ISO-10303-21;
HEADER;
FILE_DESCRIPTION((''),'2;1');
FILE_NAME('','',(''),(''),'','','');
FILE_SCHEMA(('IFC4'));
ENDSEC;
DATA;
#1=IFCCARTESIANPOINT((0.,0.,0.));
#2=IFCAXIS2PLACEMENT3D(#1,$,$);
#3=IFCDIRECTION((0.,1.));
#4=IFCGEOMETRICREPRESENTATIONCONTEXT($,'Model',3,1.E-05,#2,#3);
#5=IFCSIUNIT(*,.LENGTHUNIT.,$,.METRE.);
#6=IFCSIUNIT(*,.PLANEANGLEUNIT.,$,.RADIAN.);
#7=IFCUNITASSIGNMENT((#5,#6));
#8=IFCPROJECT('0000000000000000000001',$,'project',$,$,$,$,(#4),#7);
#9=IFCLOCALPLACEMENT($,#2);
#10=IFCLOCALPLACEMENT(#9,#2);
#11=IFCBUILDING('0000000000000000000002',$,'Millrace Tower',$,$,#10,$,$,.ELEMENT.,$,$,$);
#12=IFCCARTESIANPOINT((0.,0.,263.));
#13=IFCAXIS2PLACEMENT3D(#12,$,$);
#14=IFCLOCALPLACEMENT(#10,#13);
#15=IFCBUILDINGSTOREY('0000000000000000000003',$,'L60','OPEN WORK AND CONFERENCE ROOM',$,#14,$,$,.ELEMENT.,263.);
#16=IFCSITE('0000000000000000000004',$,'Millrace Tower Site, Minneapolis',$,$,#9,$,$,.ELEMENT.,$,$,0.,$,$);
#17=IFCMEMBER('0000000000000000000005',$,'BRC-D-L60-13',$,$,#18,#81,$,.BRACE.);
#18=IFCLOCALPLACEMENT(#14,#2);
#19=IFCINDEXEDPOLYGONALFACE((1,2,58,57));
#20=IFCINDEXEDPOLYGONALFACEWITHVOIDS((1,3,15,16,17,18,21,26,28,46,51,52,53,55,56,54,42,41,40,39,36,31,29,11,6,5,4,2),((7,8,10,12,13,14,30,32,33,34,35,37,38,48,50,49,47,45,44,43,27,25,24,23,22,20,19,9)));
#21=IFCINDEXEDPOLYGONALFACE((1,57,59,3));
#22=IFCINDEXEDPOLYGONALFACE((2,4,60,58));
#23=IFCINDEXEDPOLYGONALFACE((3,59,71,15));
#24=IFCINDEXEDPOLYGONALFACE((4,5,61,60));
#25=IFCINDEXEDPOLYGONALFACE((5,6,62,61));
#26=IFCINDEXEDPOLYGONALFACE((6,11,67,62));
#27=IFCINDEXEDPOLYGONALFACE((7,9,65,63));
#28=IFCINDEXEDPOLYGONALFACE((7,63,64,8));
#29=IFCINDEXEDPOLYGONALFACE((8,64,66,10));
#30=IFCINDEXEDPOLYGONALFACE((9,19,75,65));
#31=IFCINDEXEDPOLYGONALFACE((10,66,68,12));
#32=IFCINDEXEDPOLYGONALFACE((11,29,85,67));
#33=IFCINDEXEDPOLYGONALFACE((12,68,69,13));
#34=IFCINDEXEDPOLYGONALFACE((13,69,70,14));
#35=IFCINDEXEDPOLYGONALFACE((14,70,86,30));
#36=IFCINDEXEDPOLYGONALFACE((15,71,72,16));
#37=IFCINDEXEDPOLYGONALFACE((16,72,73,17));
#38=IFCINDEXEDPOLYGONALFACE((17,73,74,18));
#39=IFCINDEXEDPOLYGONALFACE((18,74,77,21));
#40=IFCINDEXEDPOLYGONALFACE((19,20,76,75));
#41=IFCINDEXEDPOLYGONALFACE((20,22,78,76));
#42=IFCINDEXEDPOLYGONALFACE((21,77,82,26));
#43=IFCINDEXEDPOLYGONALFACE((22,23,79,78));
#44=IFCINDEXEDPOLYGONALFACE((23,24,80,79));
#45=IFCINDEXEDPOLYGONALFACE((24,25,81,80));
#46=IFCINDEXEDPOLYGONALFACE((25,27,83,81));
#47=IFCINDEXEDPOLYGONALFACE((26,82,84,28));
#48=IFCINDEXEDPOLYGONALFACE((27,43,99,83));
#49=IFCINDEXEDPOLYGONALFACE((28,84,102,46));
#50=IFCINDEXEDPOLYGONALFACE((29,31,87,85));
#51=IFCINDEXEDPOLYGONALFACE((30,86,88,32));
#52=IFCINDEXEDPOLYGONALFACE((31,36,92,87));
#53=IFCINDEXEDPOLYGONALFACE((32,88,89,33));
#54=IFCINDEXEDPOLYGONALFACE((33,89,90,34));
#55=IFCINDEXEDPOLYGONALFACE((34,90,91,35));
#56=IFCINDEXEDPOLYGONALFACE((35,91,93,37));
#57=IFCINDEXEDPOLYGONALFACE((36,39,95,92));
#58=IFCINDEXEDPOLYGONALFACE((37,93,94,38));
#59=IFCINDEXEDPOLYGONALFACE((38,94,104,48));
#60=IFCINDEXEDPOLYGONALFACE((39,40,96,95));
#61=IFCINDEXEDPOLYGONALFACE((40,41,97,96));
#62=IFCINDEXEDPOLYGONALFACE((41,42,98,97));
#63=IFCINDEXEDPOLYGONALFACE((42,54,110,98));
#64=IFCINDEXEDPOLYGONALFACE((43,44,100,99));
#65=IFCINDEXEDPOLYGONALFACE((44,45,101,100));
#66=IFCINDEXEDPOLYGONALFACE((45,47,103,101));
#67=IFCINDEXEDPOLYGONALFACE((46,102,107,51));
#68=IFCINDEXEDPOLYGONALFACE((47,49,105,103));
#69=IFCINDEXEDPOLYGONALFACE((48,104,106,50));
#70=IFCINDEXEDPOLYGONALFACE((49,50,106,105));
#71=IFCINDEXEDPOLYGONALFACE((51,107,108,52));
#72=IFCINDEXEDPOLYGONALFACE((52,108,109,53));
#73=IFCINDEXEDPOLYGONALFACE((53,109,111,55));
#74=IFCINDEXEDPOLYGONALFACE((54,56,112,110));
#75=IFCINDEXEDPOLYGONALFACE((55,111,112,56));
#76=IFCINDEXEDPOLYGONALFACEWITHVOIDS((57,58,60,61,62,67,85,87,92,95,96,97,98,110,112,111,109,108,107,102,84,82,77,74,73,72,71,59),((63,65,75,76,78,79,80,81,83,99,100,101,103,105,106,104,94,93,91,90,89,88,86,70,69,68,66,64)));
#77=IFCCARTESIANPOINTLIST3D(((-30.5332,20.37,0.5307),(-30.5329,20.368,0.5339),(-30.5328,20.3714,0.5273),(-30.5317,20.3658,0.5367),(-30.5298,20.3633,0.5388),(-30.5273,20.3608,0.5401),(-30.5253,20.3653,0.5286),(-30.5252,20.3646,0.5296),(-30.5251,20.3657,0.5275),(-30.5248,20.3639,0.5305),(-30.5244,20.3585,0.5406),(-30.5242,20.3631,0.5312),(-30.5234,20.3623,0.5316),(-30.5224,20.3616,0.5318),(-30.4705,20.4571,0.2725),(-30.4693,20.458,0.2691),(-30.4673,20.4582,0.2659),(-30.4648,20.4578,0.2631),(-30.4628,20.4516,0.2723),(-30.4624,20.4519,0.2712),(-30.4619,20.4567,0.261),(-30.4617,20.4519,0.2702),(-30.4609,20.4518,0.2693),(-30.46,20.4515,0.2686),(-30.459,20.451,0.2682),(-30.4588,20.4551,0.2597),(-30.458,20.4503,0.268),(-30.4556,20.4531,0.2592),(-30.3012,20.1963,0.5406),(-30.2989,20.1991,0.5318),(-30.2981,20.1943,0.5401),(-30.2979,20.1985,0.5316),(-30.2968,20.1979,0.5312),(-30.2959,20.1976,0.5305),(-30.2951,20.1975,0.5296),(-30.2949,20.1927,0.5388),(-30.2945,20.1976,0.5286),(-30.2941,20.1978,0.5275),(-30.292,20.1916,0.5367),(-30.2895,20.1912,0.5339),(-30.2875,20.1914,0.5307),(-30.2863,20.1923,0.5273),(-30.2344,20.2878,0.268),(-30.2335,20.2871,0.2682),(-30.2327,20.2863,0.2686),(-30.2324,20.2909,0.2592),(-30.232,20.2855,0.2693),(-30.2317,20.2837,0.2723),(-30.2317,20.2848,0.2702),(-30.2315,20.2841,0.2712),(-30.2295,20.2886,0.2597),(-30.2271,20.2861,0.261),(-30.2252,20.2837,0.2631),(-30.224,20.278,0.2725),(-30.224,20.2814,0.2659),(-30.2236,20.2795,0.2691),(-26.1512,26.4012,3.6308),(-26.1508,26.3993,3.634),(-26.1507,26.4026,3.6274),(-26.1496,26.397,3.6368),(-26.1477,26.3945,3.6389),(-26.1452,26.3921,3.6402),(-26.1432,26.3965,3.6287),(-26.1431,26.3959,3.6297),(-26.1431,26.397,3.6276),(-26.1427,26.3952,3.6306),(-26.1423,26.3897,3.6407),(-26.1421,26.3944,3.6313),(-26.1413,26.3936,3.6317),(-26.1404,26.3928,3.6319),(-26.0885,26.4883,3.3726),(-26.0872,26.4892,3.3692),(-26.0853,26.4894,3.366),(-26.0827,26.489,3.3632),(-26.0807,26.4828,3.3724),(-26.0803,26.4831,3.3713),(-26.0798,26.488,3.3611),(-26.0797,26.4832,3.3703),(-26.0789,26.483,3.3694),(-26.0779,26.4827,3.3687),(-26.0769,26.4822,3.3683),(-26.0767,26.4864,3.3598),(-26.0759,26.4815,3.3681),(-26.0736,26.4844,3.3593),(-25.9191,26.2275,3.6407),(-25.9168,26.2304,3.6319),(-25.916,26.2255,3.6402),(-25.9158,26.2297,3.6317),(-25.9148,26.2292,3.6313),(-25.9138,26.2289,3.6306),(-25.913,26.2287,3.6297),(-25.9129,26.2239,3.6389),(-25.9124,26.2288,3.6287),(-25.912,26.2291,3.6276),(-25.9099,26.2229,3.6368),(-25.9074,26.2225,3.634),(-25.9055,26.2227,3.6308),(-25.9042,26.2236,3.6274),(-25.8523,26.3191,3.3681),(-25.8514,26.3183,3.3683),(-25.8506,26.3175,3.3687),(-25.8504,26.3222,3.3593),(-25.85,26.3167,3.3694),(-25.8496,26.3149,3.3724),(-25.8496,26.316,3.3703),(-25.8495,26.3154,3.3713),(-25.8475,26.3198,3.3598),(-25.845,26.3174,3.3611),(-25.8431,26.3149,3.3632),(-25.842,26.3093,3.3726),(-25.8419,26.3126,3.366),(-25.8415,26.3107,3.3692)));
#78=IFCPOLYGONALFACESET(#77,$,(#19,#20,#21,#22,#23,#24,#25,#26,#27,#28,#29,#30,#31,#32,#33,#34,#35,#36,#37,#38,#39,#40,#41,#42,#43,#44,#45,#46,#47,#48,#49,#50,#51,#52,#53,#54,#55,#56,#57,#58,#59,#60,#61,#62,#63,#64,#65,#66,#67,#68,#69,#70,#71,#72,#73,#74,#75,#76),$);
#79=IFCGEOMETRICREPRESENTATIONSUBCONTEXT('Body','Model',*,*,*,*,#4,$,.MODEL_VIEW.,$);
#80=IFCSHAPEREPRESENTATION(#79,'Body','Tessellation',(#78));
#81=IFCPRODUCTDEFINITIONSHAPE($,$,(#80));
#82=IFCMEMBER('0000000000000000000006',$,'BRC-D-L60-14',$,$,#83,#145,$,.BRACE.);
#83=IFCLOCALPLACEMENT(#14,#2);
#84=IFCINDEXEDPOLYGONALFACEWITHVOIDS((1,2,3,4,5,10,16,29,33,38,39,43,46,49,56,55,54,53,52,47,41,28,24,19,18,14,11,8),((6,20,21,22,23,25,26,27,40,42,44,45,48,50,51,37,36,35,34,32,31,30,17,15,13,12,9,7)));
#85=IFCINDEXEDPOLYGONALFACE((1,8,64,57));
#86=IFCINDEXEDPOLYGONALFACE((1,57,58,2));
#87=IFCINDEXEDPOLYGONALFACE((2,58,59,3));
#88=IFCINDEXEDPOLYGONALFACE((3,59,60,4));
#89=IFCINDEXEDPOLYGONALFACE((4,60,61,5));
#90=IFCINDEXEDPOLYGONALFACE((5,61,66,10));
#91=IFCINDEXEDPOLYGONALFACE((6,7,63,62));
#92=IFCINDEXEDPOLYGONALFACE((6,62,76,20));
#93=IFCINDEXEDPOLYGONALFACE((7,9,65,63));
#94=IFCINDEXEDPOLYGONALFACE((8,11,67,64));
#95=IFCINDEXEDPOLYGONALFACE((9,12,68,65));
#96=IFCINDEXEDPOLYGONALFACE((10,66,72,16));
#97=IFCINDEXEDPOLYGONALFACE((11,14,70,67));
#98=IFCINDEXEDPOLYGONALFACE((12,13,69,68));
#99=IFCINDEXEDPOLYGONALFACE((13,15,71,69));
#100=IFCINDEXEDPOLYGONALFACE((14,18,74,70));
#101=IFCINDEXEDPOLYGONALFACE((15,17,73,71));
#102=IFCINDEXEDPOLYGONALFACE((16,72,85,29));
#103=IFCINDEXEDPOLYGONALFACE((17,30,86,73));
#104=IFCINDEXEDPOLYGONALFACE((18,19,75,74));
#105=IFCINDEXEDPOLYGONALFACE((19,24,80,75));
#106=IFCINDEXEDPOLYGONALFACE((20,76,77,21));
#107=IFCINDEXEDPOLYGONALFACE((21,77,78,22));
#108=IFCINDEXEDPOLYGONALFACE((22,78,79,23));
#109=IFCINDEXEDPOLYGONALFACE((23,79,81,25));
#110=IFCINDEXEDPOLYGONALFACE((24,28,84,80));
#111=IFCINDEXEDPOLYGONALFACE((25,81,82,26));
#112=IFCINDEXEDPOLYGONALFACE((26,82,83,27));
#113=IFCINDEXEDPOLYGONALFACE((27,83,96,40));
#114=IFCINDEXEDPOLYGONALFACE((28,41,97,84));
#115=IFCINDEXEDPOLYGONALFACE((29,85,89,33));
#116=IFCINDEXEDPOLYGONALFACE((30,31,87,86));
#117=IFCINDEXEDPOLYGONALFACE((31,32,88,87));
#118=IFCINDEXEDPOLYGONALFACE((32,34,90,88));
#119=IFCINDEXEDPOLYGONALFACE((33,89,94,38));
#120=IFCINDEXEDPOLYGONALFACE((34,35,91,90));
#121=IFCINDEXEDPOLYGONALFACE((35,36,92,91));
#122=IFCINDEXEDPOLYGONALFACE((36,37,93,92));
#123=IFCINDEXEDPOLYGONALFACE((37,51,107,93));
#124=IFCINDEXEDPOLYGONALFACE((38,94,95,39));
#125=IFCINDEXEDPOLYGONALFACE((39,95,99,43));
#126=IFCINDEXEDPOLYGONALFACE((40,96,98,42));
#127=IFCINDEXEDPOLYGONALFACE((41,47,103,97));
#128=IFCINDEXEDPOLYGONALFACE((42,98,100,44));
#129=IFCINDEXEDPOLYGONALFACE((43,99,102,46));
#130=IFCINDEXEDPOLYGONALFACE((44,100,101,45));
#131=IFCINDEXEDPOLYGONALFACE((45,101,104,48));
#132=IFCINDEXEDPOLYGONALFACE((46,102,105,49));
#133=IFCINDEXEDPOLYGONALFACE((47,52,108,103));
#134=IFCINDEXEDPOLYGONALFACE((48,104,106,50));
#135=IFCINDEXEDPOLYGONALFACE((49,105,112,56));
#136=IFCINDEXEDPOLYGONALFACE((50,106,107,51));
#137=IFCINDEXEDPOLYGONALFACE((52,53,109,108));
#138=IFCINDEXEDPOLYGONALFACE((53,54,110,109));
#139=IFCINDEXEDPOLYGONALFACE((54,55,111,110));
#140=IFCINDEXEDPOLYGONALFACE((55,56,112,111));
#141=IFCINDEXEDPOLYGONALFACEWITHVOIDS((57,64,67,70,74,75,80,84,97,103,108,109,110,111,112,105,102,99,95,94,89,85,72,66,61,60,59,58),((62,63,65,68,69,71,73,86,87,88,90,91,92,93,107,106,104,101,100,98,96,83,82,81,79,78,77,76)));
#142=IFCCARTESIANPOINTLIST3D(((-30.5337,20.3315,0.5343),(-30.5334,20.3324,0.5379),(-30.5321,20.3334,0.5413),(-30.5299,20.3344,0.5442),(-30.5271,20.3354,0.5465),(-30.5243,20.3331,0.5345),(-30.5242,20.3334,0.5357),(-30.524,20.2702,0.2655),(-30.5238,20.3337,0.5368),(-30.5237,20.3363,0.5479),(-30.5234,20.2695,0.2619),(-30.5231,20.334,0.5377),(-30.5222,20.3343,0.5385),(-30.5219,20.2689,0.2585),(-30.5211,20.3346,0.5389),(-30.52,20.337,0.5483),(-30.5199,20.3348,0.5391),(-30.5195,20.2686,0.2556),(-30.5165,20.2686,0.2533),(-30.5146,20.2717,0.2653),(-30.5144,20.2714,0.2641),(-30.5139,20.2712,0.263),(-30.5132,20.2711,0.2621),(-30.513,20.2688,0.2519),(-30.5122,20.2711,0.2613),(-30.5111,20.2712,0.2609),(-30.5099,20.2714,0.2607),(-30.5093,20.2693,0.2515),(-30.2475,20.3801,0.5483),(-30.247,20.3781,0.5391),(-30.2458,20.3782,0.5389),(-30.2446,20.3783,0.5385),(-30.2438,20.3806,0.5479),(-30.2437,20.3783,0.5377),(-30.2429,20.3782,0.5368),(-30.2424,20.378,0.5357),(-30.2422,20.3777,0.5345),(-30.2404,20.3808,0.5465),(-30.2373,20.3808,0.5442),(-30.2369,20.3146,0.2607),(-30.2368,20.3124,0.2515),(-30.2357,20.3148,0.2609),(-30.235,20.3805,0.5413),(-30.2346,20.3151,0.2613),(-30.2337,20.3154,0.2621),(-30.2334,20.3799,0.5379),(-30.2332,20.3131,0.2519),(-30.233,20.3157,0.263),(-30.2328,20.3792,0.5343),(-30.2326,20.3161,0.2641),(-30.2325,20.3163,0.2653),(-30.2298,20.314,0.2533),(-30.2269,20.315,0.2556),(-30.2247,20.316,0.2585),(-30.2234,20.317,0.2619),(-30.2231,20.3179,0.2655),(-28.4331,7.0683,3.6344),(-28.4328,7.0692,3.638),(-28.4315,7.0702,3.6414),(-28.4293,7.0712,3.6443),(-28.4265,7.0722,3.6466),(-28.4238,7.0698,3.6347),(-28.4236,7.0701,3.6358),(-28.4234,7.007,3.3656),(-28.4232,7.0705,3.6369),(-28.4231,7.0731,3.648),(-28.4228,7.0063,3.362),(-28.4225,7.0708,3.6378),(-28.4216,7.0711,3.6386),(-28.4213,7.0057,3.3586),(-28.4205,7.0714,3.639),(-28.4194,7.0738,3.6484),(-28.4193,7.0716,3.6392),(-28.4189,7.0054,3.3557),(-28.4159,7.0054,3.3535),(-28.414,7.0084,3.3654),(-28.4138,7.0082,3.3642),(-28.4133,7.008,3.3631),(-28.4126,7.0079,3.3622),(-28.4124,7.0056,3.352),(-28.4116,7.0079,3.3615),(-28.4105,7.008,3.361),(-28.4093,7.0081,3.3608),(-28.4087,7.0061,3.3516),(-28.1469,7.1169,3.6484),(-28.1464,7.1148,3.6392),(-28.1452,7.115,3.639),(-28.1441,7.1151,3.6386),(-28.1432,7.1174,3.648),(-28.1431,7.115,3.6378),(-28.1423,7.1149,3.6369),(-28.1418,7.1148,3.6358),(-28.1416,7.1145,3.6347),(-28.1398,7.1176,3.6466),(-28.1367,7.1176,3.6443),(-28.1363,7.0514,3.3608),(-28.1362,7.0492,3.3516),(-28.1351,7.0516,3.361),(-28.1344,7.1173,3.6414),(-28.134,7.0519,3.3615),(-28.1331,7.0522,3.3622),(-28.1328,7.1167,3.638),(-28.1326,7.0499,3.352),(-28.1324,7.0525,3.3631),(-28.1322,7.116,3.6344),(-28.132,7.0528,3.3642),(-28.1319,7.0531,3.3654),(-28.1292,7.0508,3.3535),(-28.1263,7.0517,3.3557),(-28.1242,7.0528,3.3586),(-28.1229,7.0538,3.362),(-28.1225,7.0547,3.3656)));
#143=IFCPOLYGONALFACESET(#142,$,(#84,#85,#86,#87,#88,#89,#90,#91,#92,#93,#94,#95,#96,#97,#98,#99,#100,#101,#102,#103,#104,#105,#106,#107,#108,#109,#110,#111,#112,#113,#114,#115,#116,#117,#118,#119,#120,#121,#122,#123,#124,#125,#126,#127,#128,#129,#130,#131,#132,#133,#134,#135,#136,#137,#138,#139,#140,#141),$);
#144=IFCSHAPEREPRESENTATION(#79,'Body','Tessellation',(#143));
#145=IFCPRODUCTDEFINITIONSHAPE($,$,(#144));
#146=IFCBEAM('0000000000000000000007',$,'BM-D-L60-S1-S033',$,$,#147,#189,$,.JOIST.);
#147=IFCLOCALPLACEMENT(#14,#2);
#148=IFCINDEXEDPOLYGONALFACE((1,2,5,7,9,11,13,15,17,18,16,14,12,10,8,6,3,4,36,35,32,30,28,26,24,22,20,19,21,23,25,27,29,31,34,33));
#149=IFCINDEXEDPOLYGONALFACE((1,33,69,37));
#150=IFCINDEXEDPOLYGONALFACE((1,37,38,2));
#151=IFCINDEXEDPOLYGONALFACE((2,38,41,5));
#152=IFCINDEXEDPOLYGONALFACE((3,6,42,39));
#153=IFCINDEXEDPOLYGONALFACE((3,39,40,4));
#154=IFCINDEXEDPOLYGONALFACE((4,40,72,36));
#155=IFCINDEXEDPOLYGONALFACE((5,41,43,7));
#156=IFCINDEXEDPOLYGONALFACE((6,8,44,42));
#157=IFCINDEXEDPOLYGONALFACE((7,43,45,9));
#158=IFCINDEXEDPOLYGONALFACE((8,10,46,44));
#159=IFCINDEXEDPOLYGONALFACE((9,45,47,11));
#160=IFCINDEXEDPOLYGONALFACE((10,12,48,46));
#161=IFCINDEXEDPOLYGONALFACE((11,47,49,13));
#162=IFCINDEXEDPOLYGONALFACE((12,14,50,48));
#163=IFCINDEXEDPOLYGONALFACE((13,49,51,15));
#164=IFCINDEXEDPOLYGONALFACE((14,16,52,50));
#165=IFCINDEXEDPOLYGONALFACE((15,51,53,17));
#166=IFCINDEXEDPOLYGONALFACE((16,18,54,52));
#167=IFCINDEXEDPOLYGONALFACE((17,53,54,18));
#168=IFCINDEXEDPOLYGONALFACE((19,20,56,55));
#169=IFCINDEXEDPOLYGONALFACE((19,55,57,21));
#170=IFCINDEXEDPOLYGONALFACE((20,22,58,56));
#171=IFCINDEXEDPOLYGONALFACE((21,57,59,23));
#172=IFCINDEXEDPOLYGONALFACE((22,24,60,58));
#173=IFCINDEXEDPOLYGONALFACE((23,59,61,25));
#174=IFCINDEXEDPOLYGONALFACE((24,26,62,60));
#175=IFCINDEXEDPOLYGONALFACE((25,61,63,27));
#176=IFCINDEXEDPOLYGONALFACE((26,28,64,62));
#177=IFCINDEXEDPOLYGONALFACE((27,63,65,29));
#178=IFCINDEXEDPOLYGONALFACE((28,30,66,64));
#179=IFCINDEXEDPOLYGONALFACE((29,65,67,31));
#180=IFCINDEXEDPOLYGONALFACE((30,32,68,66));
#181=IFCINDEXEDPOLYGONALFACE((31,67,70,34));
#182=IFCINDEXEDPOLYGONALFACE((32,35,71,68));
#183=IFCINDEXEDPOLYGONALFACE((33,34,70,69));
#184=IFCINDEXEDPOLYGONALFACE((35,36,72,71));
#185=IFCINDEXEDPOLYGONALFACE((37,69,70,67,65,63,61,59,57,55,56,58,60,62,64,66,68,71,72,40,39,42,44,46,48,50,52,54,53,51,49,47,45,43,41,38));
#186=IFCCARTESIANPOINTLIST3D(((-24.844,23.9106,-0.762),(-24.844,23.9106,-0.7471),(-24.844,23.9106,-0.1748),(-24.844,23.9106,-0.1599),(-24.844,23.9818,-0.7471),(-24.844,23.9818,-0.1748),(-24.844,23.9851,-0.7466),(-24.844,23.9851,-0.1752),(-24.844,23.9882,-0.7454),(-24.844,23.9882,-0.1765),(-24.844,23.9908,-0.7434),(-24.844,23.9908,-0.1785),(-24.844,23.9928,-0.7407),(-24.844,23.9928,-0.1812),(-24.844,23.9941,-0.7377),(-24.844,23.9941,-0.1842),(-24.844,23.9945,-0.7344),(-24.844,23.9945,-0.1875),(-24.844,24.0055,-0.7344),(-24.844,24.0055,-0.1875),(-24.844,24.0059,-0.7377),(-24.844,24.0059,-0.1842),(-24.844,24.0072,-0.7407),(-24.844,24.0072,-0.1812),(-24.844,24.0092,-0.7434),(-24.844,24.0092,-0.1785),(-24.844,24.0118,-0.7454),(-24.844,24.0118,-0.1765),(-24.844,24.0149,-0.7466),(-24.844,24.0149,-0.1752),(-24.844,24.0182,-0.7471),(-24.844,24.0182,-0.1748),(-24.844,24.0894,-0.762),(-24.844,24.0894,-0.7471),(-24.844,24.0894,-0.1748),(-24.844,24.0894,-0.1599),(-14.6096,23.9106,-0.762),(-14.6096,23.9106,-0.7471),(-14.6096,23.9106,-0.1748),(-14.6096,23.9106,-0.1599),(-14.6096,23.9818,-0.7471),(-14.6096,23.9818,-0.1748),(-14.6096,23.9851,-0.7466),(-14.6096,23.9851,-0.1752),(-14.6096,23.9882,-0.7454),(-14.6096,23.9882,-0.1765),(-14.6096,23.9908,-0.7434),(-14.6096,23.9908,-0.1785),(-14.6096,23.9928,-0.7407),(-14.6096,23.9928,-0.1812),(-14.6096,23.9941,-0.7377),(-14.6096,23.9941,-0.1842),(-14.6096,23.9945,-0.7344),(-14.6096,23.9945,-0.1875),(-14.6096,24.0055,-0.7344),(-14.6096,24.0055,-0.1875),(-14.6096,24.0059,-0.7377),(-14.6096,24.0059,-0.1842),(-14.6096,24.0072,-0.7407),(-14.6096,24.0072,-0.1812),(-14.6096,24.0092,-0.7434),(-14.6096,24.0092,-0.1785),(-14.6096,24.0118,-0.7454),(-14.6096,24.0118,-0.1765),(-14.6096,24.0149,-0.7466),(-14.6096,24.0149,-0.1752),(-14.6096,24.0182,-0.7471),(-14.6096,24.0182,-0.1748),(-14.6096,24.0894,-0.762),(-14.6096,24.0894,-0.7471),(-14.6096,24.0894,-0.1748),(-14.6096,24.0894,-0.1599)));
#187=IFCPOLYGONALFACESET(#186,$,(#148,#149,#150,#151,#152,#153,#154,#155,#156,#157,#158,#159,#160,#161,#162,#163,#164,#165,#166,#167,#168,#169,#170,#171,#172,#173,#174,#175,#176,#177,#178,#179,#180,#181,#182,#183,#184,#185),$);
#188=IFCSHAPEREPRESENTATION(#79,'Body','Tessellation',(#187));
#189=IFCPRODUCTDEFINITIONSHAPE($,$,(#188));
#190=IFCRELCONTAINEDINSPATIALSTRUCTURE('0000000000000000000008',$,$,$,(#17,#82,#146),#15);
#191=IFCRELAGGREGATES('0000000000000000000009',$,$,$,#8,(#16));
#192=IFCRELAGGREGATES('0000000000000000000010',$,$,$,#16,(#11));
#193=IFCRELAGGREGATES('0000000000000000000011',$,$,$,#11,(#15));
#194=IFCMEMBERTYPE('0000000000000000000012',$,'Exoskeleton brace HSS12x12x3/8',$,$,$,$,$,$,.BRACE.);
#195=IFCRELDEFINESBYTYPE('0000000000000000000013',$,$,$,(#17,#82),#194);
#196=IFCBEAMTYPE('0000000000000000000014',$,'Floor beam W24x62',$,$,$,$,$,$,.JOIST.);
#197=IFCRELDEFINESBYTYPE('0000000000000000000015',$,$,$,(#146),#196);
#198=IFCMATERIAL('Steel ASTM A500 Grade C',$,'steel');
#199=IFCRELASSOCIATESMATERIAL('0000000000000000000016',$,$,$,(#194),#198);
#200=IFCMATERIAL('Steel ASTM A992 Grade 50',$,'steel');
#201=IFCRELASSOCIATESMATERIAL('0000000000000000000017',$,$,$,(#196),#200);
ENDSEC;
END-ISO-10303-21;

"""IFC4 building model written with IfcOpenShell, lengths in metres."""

from ifc_helpers import new_model, si_unit, direction, frame, origin, origin_2d, place, context, subcontext, project, spatial, hollow_rectangle, i_section, extrude, material, material_profile, profile_set, type_object, element, save


model = new_model("IFC4")

# Units and contexts
model_context = context("Model", 3, precision=1e-05, world=origin(), true_north=direction((0.0, 1.0)))
body_context = subcontext(model_context, "Body", "Model", "MODEL_VIEW")
ifc_project = project(units=[si_unit("LENGTHUNIT", "METRE"), si_unit("PLANEANGLEUNIT", "RADIAN")], contexts=[model_context])

# Site, building, storey
site_placement = place(None, origin())
site = spatial("IfcSite", under=ifc_project, at=site_placement, Name="Millrace Tower Site, Minneapolis", CompositionType="ELEMENT", RefElevation=0.0)
building_placement = place(site_placement, origin())
building = spatial("IfcBuilding", under=site, at=building_placement, Name="Millrace Tower", CompositionType="ELEMENT")
storey_placement = place(building_placement, frame((0.0, 0.0, 263.0)))
storey = spatial("IfcBuildingStorey", under=building, at=storey_placement, Name="L60", Description="OPEN WORK AND CONFERENCE ROOM", CompositionType="ELEMENT", Elevation=263.0)

# Members
ifc_material_1 = material(Name="Steel ASTM A500 Grade C", Category="steel")
ifc_material_profile_1 = material_profile(ifc_material_1, hollow_rectangle(XDim=0.3047, YDim=0.3047, WallThickness=0.0095, InnerFilletRadius=0.0046, OuterFilletRadius=0.0144, at=origin_2d()))
ifc_profile_set_1 = profile_set([ifc_material_profile_1], Name="Steel ASTM A500 Grade C")
member_type_1 = type_object("IfcMemberType", Name="Exoskeleton brace HSS12x12x3/8", PredefinedType="BRACE", material=ifc_profile_set_1)
member_1_placement = place(storey_placement, frame((-30.3784, 20.3247, 0.3999), z_axis=(0.542741, 0.746998, 0.383961), x_axis=(-0.809009, 0.587796, 0.0)))
element("IfcMember", 1, at=member_1_placement, inside=storey, type_object=member_type_1, Name="BRC-D-L60-13", PredefinedType="BRACE", context=body_context, shape_type="SweptSolid", body=[
    extrude(hollow_rectangle(XDim=0.3047, YDim=0.3047, WallThickness=0.0095, InnerFilletRadius=0.0046, OuterFilletRadius=0.0144, at=origin_2d()), origin(), (0.0, 0.0, 1.0), 8.074),
])
member_2_placement = place(storey_placement, frame((-30.3784, 20.3247, 0.3999), z_axis=(0.152419, -0.962377, 0.224943), x_axis=(0.987689, 0.156427, 0.0)))
element("IfcMember", 2, at=member_2_placement, inside=storey, type_object=member_type_1, Name="BRC-D-L60-14", PredefinedType="BRACE", context=body_context, shape_type="SweptSolid", body=[
    extrude(hollow_rectangle(XDim=0.3047, YDim=0.3047, WallThickness=0.0095, InnerFilletRadius=0.0046, OuterFilletRadius=0.0144, at=origin_2d()), origin(), (0.0, 0.0, 1.0), 13.7817),
])

# Beam
ifc_material_2 = material(Name="Steel ASTM A992 Grade 50", Category="steel")
ifc_material_profile_2 = material_profile(ifc_material_2, i_section(OverallWidth=0.1787, OverallDepth=0.6021, WebThickness=0.011, FlangeThickness=0.0149, FilletRadius=0.0127, at=origin_2d()))
ifc_profile_set_2 = profile_set([ifc_material_profile_2], Name="Steel ASTM A992 Grade 50")
beam_type_1 = type_object("IfcBeamType", Name="Floor beam W24x62", PredefinedType="JOIST", material=ifc_profile_set_2)
beam_1_placement = place(storey_placement, frame((-24.844, 24.0, -0.4609), z_axis=(1.0, 0.0, 0.0), x_axis=(0.0, 1.0, 0.0)))
element("IfcBeam", 3, at=beam_1_placement, inside=storey, type_object=beam_type_1, Name="BM-D-L60-S1-S033", PredefinedType="JOIST", context=body_context, shape_type="SweptSolid", body=[
    extrude(i_section(OverallWidth=0.1787, OverallDepth=0.6021, WebThickness=0.011, FlangeThickness=0.0149, FilletRadius=0.0127, at=origin_2d()), origin(), (0.0, 0.0, 1.0), 10.2344),
])

save(model, "model.ifc")
